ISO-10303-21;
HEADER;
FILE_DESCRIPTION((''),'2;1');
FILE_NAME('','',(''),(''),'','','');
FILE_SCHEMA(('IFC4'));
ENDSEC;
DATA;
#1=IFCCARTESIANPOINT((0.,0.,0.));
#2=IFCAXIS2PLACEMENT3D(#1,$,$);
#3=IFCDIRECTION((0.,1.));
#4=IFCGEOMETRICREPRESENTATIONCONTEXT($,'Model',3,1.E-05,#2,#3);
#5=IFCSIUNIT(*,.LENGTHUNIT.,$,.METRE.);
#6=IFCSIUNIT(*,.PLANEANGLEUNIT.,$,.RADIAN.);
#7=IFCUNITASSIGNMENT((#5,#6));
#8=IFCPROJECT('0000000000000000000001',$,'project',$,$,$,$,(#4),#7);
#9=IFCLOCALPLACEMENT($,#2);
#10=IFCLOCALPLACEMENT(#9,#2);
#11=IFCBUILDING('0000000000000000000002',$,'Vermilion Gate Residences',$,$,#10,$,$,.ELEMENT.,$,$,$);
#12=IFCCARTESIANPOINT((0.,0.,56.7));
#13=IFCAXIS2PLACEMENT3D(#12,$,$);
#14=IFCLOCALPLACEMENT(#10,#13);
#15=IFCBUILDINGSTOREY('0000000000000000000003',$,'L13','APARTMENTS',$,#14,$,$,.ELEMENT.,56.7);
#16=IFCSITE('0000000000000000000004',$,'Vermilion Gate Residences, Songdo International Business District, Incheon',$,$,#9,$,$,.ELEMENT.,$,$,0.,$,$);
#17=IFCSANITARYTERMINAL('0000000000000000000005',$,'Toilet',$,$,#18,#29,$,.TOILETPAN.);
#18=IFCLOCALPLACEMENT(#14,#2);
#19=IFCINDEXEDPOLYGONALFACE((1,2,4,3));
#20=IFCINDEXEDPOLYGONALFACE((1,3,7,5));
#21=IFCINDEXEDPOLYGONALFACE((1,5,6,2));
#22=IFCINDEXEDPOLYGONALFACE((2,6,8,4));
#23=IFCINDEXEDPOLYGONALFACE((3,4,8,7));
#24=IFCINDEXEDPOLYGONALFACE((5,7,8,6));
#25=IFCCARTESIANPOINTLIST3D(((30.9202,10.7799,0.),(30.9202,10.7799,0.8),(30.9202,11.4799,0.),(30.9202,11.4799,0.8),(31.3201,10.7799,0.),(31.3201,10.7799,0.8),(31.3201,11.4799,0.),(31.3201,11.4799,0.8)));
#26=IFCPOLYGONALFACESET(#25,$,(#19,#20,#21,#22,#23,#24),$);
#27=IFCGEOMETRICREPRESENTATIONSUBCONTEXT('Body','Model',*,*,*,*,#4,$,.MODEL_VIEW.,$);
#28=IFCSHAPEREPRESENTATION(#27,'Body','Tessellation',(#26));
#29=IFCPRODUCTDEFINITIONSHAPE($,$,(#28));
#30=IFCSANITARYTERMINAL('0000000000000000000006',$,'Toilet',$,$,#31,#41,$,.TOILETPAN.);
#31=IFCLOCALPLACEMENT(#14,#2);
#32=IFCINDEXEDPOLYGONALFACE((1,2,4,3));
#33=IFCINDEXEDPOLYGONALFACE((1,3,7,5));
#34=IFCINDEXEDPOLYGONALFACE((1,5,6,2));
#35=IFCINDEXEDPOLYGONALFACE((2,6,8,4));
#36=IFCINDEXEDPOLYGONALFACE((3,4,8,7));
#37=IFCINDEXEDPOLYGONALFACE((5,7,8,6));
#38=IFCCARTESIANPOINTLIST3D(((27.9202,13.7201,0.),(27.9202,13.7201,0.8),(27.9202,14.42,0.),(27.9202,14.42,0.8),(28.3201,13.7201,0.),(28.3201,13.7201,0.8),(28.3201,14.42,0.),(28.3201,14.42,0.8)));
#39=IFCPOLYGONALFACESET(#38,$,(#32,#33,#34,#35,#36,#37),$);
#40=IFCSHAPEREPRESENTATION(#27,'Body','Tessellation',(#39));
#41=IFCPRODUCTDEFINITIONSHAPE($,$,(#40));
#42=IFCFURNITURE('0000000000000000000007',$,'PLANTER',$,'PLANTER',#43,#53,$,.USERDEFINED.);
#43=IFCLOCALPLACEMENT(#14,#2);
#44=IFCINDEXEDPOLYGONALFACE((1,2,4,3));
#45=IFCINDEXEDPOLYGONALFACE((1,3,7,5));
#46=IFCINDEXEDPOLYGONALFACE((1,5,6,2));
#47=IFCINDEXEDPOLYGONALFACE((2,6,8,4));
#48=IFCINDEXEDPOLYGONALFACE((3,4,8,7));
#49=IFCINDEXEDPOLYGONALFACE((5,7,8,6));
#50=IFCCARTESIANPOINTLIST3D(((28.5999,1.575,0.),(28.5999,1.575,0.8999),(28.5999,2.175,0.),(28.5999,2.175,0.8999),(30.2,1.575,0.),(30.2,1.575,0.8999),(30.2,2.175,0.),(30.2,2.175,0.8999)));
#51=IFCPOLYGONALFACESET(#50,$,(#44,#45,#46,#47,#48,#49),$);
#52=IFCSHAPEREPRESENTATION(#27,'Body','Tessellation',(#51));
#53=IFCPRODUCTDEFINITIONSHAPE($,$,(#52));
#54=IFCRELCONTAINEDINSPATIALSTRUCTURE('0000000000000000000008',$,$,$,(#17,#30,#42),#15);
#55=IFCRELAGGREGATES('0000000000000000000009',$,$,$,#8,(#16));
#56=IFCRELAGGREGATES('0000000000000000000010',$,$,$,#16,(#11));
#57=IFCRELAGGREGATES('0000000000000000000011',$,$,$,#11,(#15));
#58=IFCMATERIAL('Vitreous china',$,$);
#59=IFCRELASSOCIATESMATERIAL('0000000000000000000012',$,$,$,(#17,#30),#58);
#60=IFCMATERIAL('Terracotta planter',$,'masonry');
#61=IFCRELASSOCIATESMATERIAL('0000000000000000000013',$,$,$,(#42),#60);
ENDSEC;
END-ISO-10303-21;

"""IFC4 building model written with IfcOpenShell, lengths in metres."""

from ifc_helpers import new_model, si_unit, direction, frame, origin, origin_2d, place, context, subcontext, project, spatial, rectangle, extrude, material, element, save


model = new_model("IFC4")

# Units and contexts
model_context = context("Model", 3, precision=1e-05, world=origin(), true_north=direction((0.0, 1.0)))
body_context = subcontext(model_context, "Body", "Model", "MODEL_VIEW")
ifc_project = project(units=[si_unit("LENGTHUNIT", "METRE"), si_unit("PLANEANGLEUNIT", "RADIAN")], contexts=[model_context])

# Site, building, storey
site_placement = place(None, origin())
site = spatial("IfcSite", under=ifc_project, at=site_placement, Name="Vermilion Gate Residences, Songdo International Business District, Incheon", CompositionType="ELEMENT", RefElevation=0.0)
building_placement = place(site_placement, origin())
building = spatial("IfcBuilding", under=site, at=building_placement, Name="Vermilion Gate Residences", CompositionType="ELEMENT")
storey_placement = place(building_placement, frame((0.0, 0.0, 56.7)))
storey = spatial("IfcBuildingStorey", under=building, at=storey_placement, Name="L13", Description="APARTMENTS", CompositionType="ELEMENT", Elevation=56.7)

# Sanitary terminals
ifc_material_1 = material(Name="Vitreous china")
for number, where, z_axis, x_axis, name in (
    (1, (31.1201, 11.1299, 0.0), (0.0, 0.0, 1.0), (1.0, 0.0, 0.0), "Toilet"),
    (2, (28.1201, 14.0701, 0.0), (0.0, 0.0, 1.0), (1.0, 0.0, 0.0), "Toilet"),
):
    element("IfcSanitaryTerminal", number, at=place(storey_placement, frame(where, z_axis=z_axis, x_axis=x_axis)), inside=storey, material=ifc_material_1, Name=name, PredefinedType="TOILETPAN", context=body_context, shape_type="SweptSolid", body=[
        extrude(rectangle(XDim=0.3999, YDim=0.7, at=origin_2d()), origin(), (0.0, 0.0, 1.0), 0.8),
    ])

# Furniture
ifc_material_2 = material(Name="Terracotta planter", Category="masonry")
furniture_placement = place(storey_placement, frame((29.3999, 1.875, 0.0), z_axis=(0.0, 0.0, 1.0), x_axis=(1.0, 0.0, 0.0)))
element("IfcFurniture", 3, at=furniture_placement, inside=storey, material=ifc_material_2, Name="PLANTER", ObjectType="PLANTER", PredefinedType="USERDEFINED", context=body_context, shape_type="SweptSolid", body=[
    extrude(rectangle(XDim=1.6001, YDim=0.6001, at=origin_2d()), origin(), (0.0, 0.0, 1.0), 0.8999),
])

save(model, "model.ifc")
